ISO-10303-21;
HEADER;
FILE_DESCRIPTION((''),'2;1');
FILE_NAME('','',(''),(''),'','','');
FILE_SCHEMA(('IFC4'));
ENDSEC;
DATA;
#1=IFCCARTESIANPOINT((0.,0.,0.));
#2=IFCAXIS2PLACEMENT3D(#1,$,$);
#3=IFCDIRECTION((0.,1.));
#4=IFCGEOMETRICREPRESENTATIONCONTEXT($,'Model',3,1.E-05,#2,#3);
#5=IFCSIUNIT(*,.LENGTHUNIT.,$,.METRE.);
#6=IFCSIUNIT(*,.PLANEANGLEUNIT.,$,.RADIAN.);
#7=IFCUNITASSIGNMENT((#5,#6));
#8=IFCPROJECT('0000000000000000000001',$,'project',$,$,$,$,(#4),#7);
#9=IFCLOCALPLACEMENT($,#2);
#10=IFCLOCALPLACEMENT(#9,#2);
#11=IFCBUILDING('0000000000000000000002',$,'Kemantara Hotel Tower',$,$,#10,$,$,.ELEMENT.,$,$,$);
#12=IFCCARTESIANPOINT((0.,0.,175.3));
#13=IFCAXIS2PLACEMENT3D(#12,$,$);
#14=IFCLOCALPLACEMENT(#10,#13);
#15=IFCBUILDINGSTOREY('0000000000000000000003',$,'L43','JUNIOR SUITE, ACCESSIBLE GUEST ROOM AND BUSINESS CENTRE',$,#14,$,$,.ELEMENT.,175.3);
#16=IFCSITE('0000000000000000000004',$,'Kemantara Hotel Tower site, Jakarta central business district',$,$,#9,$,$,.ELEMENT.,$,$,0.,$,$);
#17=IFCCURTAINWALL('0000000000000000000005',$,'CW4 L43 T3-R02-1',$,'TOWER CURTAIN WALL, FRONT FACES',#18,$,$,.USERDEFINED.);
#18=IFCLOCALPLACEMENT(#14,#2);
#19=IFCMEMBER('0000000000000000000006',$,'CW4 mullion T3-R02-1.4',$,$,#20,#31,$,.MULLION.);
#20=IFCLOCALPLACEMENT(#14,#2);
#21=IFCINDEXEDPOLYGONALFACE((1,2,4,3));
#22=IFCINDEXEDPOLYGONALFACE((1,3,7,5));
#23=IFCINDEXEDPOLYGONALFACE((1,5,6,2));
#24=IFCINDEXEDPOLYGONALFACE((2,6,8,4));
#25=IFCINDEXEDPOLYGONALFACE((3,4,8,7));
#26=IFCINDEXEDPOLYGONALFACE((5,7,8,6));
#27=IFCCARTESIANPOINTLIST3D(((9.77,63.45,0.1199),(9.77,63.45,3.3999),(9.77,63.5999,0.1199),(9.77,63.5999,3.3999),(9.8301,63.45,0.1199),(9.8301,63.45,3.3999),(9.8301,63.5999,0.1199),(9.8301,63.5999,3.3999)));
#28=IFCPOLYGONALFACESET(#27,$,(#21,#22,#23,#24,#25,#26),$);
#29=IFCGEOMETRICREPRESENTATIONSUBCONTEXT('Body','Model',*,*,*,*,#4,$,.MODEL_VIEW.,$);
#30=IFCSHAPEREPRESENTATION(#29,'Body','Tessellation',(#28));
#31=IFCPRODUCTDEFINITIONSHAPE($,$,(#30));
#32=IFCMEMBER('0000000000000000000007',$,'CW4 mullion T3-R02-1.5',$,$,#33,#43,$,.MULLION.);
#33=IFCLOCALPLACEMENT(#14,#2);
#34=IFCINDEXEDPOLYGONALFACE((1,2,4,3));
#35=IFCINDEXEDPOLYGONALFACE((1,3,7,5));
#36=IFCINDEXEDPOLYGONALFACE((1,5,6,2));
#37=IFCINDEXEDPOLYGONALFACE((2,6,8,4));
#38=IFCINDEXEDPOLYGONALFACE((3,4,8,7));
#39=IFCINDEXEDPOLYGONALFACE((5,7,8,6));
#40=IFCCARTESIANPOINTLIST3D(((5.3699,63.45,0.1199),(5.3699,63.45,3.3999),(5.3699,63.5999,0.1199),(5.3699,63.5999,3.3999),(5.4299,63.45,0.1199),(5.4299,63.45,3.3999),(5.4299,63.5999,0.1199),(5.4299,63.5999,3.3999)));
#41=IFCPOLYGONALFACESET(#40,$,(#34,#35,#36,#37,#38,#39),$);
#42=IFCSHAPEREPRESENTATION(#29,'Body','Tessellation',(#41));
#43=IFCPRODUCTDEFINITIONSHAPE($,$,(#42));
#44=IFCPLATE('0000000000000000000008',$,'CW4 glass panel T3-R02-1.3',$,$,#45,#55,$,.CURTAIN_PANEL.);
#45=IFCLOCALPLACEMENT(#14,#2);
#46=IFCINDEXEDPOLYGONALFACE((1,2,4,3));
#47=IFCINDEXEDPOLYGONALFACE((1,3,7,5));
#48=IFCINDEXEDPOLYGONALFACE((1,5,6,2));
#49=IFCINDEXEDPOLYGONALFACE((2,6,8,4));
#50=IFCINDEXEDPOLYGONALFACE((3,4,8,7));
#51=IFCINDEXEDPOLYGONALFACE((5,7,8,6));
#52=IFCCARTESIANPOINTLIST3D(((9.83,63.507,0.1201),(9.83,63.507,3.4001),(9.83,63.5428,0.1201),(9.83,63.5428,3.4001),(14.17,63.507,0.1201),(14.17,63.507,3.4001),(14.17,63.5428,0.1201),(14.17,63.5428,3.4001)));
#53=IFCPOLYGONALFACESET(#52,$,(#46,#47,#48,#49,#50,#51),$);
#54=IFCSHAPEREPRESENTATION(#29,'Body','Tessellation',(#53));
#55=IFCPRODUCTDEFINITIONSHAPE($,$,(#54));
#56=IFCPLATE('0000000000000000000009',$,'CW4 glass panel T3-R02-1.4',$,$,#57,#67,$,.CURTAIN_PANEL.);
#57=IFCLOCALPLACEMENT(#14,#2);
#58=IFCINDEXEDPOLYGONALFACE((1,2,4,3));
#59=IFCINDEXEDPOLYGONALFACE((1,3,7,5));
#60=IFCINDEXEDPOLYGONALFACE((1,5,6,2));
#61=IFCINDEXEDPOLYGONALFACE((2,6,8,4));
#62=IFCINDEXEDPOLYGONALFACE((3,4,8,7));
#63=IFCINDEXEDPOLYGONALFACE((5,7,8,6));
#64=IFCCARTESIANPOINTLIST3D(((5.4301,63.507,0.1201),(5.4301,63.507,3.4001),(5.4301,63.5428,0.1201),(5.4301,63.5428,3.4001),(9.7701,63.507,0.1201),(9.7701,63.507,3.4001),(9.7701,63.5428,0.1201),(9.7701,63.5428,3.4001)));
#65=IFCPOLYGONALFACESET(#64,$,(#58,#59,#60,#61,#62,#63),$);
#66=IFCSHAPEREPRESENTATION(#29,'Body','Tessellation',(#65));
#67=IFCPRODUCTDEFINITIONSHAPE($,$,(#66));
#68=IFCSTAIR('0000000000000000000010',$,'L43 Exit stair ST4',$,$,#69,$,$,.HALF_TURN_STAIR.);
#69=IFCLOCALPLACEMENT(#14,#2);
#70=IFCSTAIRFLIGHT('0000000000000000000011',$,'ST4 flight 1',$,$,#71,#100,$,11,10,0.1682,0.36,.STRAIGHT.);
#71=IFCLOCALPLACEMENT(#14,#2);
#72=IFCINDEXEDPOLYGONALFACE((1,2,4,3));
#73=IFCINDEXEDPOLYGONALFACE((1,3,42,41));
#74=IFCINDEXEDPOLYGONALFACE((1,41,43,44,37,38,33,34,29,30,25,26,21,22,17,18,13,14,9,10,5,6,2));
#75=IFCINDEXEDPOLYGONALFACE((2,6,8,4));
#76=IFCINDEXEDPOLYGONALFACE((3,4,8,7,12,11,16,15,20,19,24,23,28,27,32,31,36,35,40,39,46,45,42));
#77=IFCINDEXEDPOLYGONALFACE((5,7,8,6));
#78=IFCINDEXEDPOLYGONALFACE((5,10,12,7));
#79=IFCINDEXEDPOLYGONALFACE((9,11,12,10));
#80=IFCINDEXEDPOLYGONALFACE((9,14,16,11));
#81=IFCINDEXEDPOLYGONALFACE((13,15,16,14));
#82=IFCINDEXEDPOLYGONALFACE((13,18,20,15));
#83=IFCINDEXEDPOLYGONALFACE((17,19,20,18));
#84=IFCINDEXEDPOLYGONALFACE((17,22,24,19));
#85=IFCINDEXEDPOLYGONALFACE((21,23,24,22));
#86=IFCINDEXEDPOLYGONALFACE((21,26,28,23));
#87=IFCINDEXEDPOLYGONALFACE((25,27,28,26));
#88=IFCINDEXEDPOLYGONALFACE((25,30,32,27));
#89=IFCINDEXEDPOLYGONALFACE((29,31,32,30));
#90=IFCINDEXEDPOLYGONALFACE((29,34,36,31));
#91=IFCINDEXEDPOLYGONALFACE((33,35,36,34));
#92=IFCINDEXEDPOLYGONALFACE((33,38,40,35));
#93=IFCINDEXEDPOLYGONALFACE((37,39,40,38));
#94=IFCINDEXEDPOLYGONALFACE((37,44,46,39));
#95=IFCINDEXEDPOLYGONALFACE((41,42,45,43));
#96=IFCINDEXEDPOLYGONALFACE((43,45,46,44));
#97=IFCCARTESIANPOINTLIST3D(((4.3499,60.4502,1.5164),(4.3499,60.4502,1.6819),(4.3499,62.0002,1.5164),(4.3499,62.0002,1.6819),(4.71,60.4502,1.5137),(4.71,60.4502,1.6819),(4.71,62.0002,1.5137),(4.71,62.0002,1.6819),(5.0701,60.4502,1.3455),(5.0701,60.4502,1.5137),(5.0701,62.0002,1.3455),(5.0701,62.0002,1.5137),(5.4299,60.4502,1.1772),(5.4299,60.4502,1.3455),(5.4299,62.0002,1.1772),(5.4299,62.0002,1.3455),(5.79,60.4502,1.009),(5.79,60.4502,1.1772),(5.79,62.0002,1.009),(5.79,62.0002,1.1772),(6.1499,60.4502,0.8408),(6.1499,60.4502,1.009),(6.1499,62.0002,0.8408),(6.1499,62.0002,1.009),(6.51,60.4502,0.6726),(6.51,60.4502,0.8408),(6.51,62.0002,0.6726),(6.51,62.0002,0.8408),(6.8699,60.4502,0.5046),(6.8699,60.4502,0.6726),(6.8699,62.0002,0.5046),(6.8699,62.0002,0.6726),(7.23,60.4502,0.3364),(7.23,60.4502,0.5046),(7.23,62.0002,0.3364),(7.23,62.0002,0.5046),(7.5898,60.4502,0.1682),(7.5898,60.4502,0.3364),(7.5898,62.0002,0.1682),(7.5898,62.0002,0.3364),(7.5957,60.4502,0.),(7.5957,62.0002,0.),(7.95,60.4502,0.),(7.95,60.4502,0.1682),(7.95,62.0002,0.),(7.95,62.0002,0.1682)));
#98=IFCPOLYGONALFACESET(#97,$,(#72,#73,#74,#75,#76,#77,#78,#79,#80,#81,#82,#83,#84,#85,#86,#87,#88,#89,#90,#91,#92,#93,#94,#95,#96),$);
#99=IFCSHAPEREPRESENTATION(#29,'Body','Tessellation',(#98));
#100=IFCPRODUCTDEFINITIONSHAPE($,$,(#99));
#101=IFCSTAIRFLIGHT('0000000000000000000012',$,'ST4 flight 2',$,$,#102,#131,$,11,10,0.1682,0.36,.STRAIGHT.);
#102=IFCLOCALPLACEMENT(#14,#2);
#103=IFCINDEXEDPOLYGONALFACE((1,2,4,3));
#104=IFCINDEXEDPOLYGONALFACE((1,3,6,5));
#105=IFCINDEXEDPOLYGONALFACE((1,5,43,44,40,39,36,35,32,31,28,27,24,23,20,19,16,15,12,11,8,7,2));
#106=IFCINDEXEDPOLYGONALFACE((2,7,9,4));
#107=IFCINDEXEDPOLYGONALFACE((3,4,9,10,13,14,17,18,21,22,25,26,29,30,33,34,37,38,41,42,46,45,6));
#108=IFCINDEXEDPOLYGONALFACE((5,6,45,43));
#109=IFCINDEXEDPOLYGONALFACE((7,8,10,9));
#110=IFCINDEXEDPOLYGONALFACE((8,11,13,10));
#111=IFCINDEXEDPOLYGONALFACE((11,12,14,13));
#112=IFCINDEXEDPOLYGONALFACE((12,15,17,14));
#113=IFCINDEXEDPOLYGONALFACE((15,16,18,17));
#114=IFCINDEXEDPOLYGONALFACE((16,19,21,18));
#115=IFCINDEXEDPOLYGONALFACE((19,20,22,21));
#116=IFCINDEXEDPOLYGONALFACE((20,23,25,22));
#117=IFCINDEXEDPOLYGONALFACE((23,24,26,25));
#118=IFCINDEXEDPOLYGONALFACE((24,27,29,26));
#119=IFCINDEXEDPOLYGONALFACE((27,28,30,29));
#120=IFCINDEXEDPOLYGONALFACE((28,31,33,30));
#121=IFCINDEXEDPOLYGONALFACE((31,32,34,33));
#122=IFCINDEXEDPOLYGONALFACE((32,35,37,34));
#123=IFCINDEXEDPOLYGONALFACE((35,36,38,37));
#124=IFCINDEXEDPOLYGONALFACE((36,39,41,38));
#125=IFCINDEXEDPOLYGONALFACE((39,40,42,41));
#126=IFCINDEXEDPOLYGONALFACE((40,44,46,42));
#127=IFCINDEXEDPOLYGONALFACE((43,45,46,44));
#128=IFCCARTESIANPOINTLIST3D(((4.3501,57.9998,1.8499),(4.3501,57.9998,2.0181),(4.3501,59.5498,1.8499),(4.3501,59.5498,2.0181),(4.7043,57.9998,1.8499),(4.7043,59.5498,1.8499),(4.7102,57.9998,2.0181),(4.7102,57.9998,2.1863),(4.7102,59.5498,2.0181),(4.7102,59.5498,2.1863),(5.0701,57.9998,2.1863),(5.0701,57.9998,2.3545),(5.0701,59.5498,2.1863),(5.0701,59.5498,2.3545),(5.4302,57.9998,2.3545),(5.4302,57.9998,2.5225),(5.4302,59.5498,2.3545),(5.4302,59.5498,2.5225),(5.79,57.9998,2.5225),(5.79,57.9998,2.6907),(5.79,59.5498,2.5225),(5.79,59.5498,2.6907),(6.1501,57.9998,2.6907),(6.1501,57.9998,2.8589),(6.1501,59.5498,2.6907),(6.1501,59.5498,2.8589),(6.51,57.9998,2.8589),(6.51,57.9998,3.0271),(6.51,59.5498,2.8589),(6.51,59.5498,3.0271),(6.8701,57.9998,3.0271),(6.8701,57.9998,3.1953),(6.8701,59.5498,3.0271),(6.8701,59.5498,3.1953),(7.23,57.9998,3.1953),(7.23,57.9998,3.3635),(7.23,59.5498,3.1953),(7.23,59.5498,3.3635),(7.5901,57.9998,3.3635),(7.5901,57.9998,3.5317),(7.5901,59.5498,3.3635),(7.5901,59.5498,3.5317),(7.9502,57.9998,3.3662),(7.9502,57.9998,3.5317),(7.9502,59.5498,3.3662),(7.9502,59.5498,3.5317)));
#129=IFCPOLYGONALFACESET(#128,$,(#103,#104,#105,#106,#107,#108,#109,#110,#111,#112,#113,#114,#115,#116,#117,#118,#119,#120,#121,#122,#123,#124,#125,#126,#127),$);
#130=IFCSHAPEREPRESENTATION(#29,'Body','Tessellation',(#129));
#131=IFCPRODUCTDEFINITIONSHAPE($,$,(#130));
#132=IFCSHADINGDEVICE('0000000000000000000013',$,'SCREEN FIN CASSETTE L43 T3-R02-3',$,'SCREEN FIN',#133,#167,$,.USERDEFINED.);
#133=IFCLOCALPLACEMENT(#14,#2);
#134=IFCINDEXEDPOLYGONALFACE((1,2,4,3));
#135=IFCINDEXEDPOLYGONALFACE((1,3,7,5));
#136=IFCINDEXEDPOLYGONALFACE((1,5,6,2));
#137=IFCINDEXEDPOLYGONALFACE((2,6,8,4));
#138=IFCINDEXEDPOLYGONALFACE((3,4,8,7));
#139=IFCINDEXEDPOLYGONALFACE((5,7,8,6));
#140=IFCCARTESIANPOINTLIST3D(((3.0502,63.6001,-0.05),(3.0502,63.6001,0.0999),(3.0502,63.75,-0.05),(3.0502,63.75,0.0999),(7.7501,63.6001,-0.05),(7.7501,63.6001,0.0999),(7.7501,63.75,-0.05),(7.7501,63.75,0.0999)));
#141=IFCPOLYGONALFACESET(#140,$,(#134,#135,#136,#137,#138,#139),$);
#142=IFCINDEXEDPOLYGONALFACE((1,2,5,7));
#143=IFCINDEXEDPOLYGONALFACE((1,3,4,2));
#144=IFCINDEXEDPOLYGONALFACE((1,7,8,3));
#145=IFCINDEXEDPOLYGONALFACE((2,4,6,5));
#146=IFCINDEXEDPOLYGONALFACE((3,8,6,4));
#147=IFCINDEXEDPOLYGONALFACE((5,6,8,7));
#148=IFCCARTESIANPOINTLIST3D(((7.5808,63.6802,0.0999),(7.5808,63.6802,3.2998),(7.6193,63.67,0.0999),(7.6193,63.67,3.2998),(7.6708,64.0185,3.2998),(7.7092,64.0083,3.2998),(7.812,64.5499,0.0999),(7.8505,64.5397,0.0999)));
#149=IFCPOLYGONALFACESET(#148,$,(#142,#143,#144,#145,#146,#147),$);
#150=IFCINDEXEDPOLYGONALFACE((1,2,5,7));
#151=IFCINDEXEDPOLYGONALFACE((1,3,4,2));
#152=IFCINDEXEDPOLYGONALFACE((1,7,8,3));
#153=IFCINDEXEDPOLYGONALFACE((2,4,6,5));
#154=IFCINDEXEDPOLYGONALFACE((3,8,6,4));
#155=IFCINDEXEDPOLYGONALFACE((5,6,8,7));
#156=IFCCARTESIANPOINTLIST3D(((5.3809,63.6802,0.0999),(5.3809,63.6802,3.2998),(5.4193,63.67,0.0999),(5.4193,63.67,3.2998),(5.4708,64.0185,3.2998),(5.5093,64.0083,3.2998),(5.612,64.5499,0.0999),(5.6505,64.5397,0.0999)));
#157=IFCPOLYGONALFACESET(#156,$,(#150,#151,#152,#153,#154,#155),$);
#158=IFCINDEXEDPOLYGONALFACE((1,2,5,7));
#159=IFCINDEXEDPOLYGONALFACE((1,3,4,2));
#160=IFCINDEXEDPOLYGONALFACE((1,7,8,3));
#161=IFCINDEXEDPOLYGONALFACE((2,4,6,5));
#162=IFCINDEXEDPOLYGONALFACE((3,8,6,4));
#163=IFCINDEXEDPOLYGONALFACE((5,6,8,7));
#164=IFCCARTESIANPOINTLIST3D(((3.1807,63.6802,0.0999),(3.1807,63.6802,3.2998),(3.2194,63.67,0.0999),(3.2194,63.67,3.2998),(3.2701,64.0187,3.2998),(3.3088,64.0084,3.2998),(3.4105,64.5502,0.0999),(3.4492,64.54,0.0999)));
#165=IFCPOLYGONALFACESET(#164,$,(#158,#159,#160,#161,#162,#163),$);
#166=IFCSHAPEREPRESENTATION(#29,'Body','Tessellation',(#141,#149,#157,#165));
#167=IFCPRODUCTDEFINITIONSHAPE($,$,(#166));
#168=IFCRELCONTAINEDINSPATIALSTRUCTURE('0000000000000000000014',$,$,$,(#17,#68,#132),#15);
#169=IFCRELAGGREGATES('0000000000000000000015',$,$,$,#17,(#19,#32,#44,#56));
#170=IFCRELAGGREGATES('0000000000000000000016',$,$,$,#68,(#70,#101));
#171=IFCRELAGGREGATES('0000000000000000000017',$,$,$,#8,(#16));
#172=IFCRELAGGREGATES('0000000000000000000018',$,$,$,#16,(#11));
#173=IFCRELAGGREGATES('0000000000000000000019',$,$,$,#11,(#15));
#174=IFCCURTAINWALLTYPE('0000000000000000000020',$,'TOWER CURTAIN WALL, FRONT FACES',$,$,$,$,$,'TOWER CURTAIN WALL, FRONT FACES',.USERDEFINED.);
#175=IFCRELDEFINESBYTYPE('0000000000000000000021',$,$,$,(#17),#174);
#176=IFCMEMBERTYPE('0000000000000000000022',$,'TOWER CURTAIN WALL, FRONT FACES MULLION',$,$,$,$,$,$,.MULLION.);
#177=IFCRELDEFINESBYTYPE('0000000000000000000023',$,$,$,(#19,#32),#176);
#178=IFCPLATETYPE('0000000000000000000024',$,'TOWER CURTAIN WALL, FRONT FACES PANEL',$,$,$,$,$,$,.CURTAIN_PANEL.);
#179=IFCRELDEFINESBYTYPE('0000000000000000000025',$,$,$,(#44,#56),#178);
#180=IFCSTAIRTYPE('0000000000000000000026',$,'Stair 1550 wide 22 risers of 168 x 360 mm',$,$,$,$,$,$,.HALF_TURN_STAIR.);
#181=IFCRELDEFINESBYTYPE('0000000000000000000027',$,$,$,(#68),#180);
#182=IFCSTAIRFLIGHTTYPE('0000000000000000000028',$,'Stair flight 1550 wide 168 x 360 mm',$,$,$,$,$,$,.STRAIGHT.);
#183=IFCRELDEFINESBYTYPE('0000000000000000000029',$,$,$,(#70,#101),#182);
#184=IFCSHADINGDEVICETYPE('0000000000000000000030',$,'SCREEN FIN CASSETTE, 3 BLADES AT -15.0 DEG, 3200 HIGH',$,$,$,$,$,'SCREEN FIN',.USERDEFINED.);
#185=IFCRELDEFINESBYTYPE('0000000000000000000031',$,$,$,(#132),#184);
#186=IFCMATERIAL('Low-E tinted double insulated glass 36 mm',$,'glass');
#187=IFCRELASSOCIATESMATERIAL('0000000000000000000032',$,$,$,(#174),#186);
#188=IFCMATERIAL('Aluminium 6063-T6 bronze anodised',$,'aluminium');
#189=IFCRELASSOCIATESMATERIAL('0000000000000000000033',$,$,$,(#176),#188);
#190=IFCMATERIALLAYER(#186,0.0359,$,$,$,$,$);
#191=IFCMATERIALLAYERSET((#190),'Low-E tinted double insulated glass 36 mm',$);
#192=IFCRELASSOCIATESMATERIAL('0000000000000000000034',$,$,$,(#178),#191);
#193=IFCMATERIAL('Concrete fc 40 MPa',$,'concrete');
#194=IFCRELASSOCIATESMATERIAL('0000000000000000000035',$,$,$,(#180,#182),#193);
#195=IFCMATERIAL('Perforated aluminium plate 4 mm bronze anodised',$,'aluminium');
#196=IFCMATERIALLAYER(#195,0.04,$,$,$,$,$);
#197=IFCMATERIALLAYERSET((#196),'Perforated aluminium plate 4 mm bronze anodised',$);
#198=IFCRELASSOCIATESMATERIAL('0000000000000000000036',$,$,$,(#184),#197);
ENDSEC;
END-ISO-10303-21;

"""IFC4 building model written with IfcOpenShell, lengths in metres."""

from ifc_helpers import new_model, si_unit, direction, frame, origin, origin_2d, place, context, subcontext, project, spatial, polyline, rectangle, outline, extrude, source, transform, mapped, material, layer, layer_set, material_profile, profile_set, type_object, element, aggregate, save


model = new_model("IFC4")

# Units and contexts
model_context = context("Model", 3, precision=1e-05, world=origin(), true_north=direction((0.0, 1.0)))
body_context = subcontext(model_context, "Body", "Model", "MODEL_VIEW")
ifc_project = project(units=[si_unit("LENGTHUNIT", "METRE"), si_unit("PLANEANGLEUNIT", "RADIAN")], contexts=[model_context])

# Site, building, storey
site_placement = place(None, origin())
site = spatial("IfcSite", under=ifc_project, at=site_placement, Name="Kemantara Hotel Tower site, Jakarta central business district", CompositionType="ELEMENT", RefElevation=0.0)
building_placement = place(site_placement, origin())
building = spatial("IfcBuilding", under=site, at=building_placement, Name="Kemantara Hotel Tower", CompositionType="ELEMENT")
storey_placement = place(building_placement, frame((0.0, 0.0, 175.3)))
storey = spatial("IfcBuildingStorey", under=building, at=storey_placement, Name="L43", Description="JUNIOR SUITE, ACCESSIBLE GUEST ROOM AND BUSINESS CENTRE", CompositionType="ELEMENT", Elevation=175.3)

# Curtain wall, members, plates
ifc_material_1 = material(Name="Low-E tinted double insulated glass 36 mm", Category="glass")
curtain_wall_type = type_object("IfcCurtainWallType", Name="TOWER CURTAIN WALL, FRONT FACES", ElementType="TOWER CURTAIN WALL, FRONT FACES", PredefinedType="USERDEFINED", material=ifc_material_1)
curtain_wall_placement = place(storey_placement, origin())
curtain_wall = element("IfcCurtainWall", 1, at=curtain_wall_placement, inside=storey, type_object=curtain_wall_type, Name="CW4 L43 T3-R02-1", ObjectType="TOWER CURTAIN WALL, FRONT FACES", PredefinedType="USERDEFINED")
ifc_material_2 = material(Name="Aluminium 6063-T6 bronze anodised", Category="aluminium")
ifc_material_profile = material_profile(ifc_material_2, rectangle(XDim=0.1499, YDim=0.0601, at=origin_2d()), Name="TOWER CURTAIN WALL, FRONT FACES MULLION")
ifc_profile_set = profile_set([ifc_material_profile], Name="Aluminium 6063-T6 bronze anodised")
member_type = type_object("IfcMemberType", Name="TOWER CURTAIN WALL, FRONT FACES MULLION", PredefinedType="MULLION", material=ifc_profile_set)
shared_shape_1 = source(origin(), body_context, "Body", "SweptSolid", [
    extrude(rectangle(XDim=0.1499, YDim=0.0601, at=origin_2d()), origin(), (0.0, 0.0, 1.0), 3.28),
])
member_1_placement = place(storey_placement, frame((9.8, 63.5249, 0.1199), z_axis=(0.0, 0.0, 1.0), x_axis=(0.0, -1.0, 0.0)))
member_1 = element("IfcMember", 2, at=member_1_placement, type_object=member_type, Name="CW4 mullion T3-R02-1.4", PredefinedType="MULLION", context=body_context, shape_type="MappedRepresentation", body=[
    mapped(shared_shape_1, transform((0.0, 0.0, 0.0))),
])
member_2_placement = place(storey_placement, frame((5.3999, 63.5249, 0.1199), z_axis=(0.0, 0.0, 1.0), x_axis=(0.0, -1.0, 0.0)))
member_2 = element("IfcMember", 3, at=member_2_placement, type_object=member_type, Name="CW4 mullion T3-R02-1.5", PredefinedType="MULLION", context=body_context, shape_type="MappedRepresentation", body=[
    mapped(shared_shape_1, transform((0.0, 0.0, 0.0))),
])
ifc_layer_1 = layer(ifc_material_1, 0.0359)
ifc_layer_set_1 = layer_set([ifc_layer_1], Name="Low-E tinted double insulated glass 36 mm")
plate_type = type_object("IfcPlateType", Name="TOWER CURTAIN WALL, FRONT FACES PANEL", PredefinedType="CURTAIN_PANEL", material=ifc_layer_set_1)
shared_shape_2 = source(origin(), body_context, "Body", "SweptSolid", [
    extrude(rectangle(XDim=4.3401, YDim=0.0359, at=origin_2d()), origin(), (0.0, 0.0, 1.0), 3.28),
])
plate_1_placement = place(storey_placement, frame((12.0, 63.5249, 0.1201), z_axis=(0.0, 0.0, 1.0), x_axis=(-1.0, 0.0, 0.0)))
plate_1 = element("IfcPlate", 4, at=plate_1_placement, type_object=plate_type, Name="CW4 glass panel T3-R02-1.3", PredefinedType="CURTAIN_PANEL", context=body_context, shape_type="MappedRepresentation", body=[
    mapped(shared_shape_2, transform((0.0, 0.0, 0.0))),
])
plate_2_placement = place(storey_placement, frame((7.6001, 63.5249, 0.1201), z_axis=(0.0, 0.0, 1.0), x_axis=(-1.0, 0.0, 0.0)))
plate_2 = element("IfcPlate", 5, at=plate_2_placement, type_object=plate_type, Name="CW4 glass panel T3-R02-1.4", PredefinedType="CURTAIN_PANEL", context=body_context, shape_type="MappedRepresentation", body=[
    mapped(shared_shape_2, transform((0.0, 0.0, 0.0))),
])
aggregate(curtain_wall, [member_1, member_2, plate_1, plate_2])

# Stair, stair flights
ifc_material_3 = material(Name="Concrete fc 40 MPa", Category="concrete")
stair_type = type_object("IfcStairType", Name="Stair 1550 wide 22 risers of 168 x 360 mm", PredefinedType="HALF_TURN_STAIR", material=ifc_material_3)
stair_placement = place(storey_placement, origin())
stair = element("IfcStair", 6, at=stair_placement, inside=storey, type_object=stair_type, Name="L43 Exit stair ST4", PredefinedType="HALF_TURN_STAIR")
stair_flight_type = type_object("IfcStairFlightType", Name="Stair flight 1550 wide 168 x 360 mm", PredefinedType="STRAIGHT", material=ifc_material_3)
stair_flight_1_placement = place(storey_placement, frame((7.95, 61.2251, 0.0), z_axis=(0.0, 0.0, 1.0), x_axis=(-1.0, 0.0, 0.0)))
stair_flight_1 = element("IfcStairFlight", 7, at=stair_flight_1_placement, type_object=stair_flight_type, Name="ST4 flight 1", NumberOfRisers=11, NumberOfTreads=10, PredefinedType="STRAIGHT", RiserHeight=0.1682, TreadLength=0.36, context=body_context, shape_type="SweptSolid", body=[
    extrude(outline(polyline([(0.0, 0.0), (0.0, 0.1682), (0.3601, 0.1682), (0.3601, 0.3364), (0.72, 0.3364), (0.72, 0.5046), (1.0801, 0.5046), (1.0801, 0.6726), (1.4399, 0.6726), (1.4399, 0.8408), (1.8, 0.8408), (1.8, 1.009), (2.1599, 1.009), (2.1599, 1.1772), (2.52, 1.1772), (2.52, 1.3455), (2.8799, 1.3455), (2.8799, 1.5137), (3.24, 1.5137), (3.24, 1.6819), (3.6001, 1.6819), (3.6001, 1.8501), (3.6001, 1.5164), (0.3542, 0.0), (0.0, 0.0)])), frame((0.0, 0.7749, 0.0), z_axis=(0.0, -1.0, 0.0), x_axis=(1.0, 0.0, 0.0)), (0.0, 0.0, 1.0), 1.55),
])
stair_flight_2_placement = place(storey_placement, frame((4.3501, 58.7749, 1.8499), z_axis=(0.0, 0.0, 1.0), x_axis=(1.0, 0.0, 0.0)))
stair_flight_2 = element("IfcStairFlight", 8, at=stair_flight_2_placement, type_object=stair_flight_type, Name="ST4 flight 2", NumberOfRisers=11, NumberOfTreads=10, PredefinedType="STRAIGHT", RiserHeight=0.1682, TreadLength=0.36, context=body_context, shape_type="SweptSolid", body=[
    extrude(outline(polyline([(0.0, 0.0), (0.0, 0.1682), (0.3601, 0.1682), (0.3601, 0.3364), (0.72, 0.3364), (0.72, 0.5046), (1.0801, 0.5046), (1.0801, 0.6726), (1.4399, 0.6726), (1.4399, 0.8408), (1.8, 0.8408), (1.8, 1.009), (2.1599, 1.009), (2.1599, 1.1772), (2.52, 1.1772), (2.52, 1.3455), (2.8799, 1.3455), (2.8799, 1.5137), (3.24, 1.5137), (3.24, 1.6819), (3.6001, 1.6819), (3.6001, 1.8501), (3.6001, 1.5164), (0.3542, 0.0), (0.0, 0.0)])), frame((0.0, 0.7749, 0.0), z_axis=(0.0, -1.0, 0.0), x_axis=(1.0, 0.0, 0.0)), (0.0, 0.0, 1.0), 1.55),
])
aggregate(stair, [stair_flight_1, stair_flight_2])

# Shading device
ifc_material_4 = material(Name="Perforated aluminium plate 4 mm bronze anodised", Category="aluminium")
ifc_layer_2 = layer(ifc_material_4, 0.04)
ifc_layer_set_2 = layer_set([ifc_layer_2], Name="Perforated aluminium plate 4 mm bronze anodised")
shading_device_type = type_object("IfcShadingDeviceType", Name="SCREEN FIN CASSETTE, 3 BLADES AT -15.0 DEG, 3200 HIGH", ElementType="SCREEN FIN", PredefinedType="USERDEFINED", material=ifc_layer_set_2)
shared_shape_3 = source(origin(), body_context, "Body", "SweptSolid", [
    extrude(rectangle(XDim=4.7, YDim=0.1499, at=origin_2d()), frame((2.2, -0.075, -0.1499), z_axis=(0.0, 0.0, 1.0), x_axis=(1.0, 0.0, 0.0)), (0.0, 0.0, 1.0), 0.1499),
    extrude(outline(polyline([(0.0, 0.0), (0.8999, 0.0), (0.3501, 3.2), (0.0, 3.2), (0.0, 0.0)])), frame((0.0193, -0.0801, 0.0), z_axis=(-0.966438, 0.256901, 0.0), x_axis=(-0.256901, -0.966438, 0.0)), (0.0, 0.0, 1.0), 0.0398),
    extrude(outline(polyline([(0.0, 0.0), (0.8999, 0.0), (0.3501, 3.2), (0.0, 3.2), (0.0, 0.0)])), frame((2.2192, -0.0801, 0.0), z_axis=(-0.966438, 0.256901, 0.0), x_axis=(-0.256901, -0.966438, 0.0)), (0.0, 0.0, 1.0), 0.0398),
    extrude(outline(polyline([(0.0, 0.0), (0.8999, 0.0), (0.3501, 3.2), (0.0, 3.2), (0.0, 0.0)])), frame((4.4194, -0.0801, 0.0), z_axis=(-0.966838, 0.255391, 0.0), x_axis=(-0.255391, -0.966838, 0.0)), (0.0, 0.0, 1.0), 0.04),
])
shading_device_placement = place(storey_placement, frame((7.6001, 63.6001, 0.0999), z_axis=(0.0, 0.0, 1.0), x_axis=(-1.0, 0.0, 0.0)))
element("IfcShadingDevice", 9, at=shading_device_placement, inside=storey, type_object=shading_device_type, Name="SCREEN FIN CASSETTE L43 T3-R02-3", ObjectType="SCREEN FIN", PredefinedType="USERDEFINED", context=body_context, shape_type="MappedRepresentation", body=[
    mapped(shared_shape_3, transform((0.0, 0.0, 0.0))),
])

save(model, "model.ifc")
